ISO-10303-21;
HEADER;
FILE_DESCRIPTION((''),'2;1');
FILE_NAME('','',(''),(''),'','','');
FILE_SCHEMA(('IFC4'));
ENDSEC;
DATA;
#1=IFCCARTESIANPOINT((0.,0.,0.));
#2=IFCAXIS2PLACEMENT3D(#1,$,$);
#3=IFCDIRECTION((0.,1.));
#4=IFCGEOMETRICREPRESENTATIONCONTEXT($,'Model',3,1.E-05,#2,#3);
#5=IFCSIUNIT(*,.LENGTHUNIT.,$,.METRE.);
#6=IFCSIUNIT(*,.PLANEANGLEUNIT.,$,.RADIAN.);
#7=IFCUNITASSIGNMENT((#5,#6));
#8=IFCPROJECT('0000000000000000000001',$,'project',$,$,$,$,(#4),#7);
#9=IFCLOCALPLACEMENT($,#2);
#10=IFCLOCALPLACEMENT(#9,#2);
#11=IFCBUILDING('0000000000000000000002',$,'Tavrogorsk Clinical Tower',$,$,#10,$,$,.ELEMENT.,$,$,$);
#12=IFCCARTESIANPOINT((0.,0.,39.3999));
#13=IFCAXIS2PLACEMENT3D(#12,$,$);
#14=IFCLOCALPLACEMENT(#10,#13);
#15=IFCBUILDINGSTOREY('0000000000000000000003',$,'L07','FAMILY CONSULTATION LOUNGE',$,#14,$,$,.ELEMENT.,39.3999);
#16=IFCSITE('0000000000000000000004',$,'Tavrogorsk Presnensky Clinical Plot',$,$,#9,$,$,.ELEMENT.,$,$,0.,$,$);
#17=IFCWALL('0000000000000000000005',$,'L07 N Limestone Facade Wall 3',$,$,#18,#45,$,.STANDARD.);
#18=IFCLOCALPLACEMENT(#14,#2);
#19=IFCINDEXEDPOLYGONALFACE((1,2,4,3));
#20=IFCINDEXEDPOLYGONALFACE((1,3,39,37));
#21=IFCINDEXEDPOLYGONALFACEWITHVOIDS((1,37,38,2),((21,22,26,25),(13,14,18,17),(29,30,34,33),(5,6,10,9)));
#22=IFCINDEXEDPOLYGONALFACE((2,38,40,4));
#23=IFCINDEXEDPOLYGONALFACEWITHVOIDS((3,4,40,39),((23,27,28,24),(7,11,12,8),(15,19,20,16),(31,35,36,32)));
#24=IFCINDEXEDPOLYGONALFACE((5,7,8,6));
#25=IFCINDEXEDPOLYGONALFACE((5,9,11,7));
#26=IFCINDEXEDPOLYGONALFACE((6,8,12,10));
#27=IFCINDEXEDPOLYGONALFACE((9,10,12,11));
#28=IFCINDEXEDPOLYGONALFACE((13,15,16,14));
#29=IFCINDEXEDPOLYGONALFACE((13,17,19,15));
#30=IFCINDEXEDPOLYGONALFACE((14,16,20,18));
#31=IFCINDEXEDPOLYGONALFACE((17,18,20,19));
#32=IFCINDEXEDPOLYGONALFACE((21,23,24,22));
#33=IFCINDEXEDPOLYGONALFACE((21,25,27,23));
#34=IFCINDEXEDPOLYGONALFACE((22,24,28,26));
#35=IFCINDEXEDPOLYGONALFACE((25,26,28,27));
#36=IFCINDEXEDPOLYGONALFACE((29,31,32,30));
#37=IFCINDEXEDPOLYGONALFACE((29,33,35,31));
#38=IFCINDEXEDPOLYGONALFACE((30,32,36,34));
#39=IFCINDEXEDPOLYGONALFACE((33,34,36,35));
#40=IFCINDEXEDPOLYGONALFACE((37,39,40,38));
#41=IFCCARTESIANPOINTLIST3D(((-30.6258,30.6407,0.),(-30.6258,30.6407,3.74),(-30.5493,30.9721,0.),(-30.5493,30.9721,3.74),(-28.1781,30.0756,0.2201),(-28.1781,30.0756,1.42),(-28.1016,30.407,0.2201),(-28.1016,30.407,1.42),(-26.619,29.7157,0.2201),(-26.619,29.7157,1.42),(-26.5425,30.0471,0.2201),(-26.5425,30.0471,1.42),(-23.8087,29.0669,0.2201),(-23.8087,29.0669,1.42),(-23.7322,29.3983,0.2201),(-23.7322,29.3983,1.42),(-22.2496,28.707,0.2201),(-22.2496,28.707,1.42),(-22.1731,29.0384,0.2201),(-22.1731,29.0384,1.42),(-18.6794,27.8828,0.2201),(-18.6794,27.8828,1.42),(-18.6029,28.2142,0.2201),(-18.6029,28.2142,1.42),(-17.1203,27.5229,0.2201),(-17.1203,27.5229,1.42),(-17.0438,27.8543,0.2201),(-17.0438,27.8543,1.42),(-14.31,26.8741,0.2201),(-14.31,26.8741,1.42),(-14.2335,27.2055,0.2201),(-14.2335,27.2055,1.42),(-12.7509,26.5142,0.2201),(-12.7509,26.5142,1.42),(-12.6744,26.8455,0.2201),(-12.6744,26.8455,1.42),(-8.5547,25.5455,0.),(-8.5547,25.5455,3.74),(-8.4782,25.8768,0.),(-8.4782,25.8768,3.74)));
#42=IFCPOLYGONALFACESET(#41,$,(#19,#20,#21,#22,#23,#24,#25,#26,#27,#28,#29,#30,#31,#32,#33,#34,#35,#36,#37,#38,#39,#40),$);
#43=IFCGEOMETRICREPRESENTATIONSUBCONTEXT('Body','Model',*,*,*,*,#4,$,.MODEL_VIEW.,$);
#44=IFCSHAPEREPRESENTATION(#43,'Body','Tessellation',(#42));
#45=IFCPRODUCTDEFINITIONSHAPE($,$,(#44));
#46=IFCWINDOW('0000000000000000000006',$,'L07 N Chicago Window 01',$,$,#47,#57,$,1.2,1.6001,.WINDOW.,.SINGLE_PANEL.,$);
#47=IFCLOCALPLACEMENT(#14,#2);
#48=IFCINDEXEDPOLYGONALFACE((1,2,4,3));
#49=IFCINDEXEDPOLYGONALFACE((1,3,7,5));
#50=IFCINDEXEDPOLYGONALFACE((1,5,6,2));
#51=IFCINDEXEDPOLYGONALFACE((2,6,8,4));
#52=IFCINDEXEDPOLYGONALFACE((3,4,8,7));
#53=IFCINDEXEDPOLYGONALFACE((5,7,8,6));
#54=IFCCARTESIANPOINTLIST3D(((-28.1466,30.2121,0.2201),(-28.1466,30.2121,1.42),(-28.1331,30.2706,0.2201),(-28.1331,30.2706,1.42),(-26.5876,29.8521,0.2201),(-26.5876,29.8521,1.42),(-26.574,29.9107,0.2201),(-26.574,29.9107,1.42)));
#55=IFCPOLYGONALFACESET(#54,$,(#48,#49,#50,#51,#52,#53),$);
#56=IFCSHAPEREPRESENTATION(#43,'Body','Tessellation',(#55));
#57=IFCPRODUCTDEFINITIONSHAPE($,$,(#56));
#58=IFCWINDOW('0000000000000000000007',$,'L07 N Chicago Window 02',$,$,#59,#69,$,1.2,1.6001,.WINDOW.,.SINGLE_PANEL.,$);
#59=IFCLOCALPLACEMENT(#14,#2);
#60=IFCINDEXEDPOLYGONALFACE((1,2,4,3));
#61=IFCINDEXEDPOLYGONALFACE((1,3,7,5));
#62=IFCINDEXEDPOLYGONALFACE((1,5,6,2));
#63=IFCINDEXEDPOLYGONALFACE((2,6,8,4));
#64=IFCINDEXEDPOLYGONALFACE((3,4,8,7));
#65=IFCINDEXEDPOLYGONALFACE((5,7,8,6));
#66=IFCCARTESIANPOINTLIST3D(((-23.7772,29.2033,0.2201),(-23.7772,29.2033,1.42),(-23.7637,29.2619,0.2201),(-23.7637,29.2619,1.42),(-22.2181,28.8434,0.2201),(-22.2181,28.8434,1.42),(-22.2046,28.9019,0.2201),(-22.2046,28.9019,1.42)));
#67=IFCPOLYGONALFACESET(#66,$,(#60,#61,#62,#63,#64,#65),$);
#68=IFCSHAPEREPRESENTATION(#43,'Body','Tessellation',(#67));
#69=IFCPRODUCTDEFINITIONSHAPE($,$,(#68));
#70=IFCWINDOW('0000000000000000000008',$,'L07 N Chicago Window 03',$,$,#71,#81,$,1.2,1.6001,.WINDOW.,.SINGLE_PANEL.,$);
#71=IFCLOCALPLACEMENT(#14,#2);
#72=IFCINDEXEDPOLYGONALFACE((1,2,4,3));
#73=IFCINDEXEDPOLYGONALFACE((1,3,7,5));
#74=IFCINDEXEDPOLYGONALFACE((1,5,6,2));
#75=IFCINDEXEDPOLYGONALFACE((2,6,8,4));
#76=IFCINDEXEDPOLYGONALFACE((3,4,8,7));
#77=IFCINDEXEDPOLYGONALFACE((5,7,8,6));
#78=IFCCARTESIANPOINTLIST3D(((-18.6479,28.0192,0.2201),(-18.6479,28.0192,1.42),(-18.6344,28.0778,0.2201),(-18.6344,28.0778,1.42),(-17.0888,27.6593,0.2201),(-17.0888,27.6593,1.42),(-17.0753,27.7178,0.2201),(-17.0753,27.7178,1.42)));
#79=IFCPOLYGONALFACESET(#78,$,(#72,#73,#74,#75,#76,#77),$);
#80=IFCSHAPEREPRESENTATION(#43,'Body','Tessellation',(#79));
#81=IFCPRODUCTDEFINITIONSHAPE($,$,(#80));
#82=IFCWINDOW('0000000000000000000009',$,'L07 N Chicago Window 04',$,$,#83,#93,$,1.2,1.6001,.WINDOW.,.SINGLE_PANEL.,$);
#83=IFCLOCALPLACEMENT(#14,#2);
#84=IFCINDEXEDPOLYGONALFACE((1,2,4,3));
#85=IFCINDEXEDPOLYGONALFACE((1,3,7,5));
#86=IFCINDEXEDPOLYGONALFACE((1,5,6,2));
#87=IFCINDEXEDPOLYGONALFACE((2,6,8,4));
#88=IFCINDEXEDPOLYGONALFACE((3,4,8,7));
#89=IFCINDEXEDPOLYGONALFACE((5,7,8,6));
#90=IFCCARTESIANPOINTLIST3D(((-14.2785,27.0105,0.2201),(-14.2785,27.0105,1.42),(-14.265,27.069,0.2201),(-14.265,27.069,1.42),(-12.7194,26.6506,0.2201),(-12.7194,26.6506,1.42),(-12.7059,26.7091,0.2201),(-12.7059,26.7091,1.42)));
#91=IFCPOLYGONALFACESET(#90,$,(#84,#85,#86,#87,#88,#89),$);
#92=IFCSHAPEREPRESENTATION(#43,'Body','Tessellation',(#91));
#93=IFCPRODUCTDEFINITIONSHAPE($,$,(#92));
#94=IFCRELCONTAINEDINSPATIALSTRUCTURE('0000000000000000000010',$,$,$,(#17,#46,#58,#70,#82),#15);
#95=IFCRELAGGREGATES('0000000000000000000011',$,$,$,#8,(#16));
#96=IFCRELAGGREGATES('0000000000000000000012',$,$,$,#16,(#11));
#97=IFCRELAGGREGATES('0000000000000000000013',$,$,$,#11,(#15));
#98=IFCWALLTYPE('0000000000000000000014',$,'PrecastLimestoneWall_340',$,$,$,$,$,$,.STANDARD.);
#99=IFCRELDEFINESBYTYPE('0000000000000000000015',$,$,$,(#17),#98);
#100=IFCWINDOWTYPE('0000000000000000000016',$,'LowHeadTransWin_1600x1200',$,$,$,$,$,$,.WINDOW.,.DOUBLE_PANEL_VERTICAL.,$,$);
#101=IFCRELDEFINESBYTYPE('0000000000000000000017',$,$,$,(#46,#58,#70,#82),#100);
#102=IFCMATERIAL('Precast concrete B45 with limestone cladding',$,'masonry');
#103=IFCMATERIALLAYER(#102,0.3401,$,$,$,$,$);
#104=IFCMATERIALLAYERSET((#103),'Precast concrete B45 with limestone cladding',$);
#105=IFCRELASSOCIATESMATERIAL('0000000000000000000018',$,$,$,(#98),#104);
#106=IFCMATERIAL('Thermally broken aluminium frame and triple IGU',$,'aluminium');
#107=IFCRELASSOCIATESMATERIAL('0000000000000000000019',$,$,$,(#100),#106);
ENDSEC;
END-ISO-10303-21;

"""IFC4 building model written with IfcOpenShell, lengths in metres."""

from ifc_helpers import new_model, si_unit, direction, frame, frame_2d, origin, place, context, subcontext, project, spatial, rectangle, extrude, material, layer, layer_set, type_object, element, fill, save


model = new_model("IFC4")

# Units and contexts
model_context = context("Model", 3, precision=1e-05, world=origin(), true_north=direction((0.0, 1.0)))
body_context = subcontext(model_context, "Body", "Model", "MODEL_VIEW")
ifc_project = project(units=[si_unit("LENGTHUNIT", "METRE"), si_unit("PLANEANGLEUNIT", "RADIAN")], contexts=[model_context])

# Site, building, storey
site_placement = place(None, origin())
site = spatial("IfcSite", under=ifc_project, at=site_placement, Name="Tavrogorsk Presnensky Clinical Plot", CompositionType="ELEMENT", RefElevation=0.0)
building_placement = place(site_placement, origin())
building = spatial("IfcBuilding", under=site, at=building_placement, Name="Tavrogorsk Clinical Tower", CompositionType="ELEMENT")
storey_placement = place(building_placement, frame((0.0, 0.0, 39.3999)))
storey = spatial("IfcBuildingStorey", under=building, at=storey_placement, Name="L07", Description="FAMILY CONSULTATION LOUNGE", CompositionType="ELEMENT", Elevation=39.3999)

# Wall, openings, windows
ifc_material_1 = material(Name="Precast concrete B45 with limestone cladding", Category="masonry")
ifc_layer_1 = layer(ifc_material_1, 0.3401)
ifc_layer_set_1 = layer_set([ifc_layer_1], Name="Precast concrete B45 with limestone cladding")
wall_type_1 = type_object("IfcWallType", Name="PrecastLimestoneWall_340", PredefinedType="STANDARD", material=ifc_layer_set_1)
wall_1_placement = place(storey_placement, frame((-8.5166, 25.7112, 0.0), z_axis=(0.0, 0.0, 1.0), x_axis=(-0.974373, 0.224939, 0.0)))
wall_1 = element("IfcWall", 1, at=wall_1_placement, inside=storey, type_object=wall_type_1, Name="L07 N Limestone Facade Wall 3", PredefinedType="STANDARD", context=body_context, shape_type="SweptSolid", body=[
    extrude(rectangle(XDim=22.6516, YDim=0.3401, at=frame_2d((11.3257, 0.0))), origin(), (0.0, 0.0, 1.0), 3.74),
])
opening_1_placement = place(wall_1_placement, frame((18.5393, 0.0, 0.22)))
opening_1 = element("IfcOpeningElement", 2, at=opening_1_placement, cuts=wall_1, PredefinedType="OPENING", context=body_context, shape_type="SweptSolid", body=[
    extrude(rectangle(XDim=1.6001, YDim=1.2, at=frame_2d((0.8, 0.6001))), frame((0.0, 0.1799, 0.0), z_axis=(0.0, -1.0, 0.0), x_axis=(1.0, 0.0, 0.0)), (0.0, 0.0, 1.0), 0.3601),
])
opening_2_placement = place(wall_1_placement, frame((14.0549, 0.0, 0.22)))
opening_2 = element("IfcOpeningElement", 3, at=opening_2_placement, cuts=wall_1, PredefinedType="OPENING", context=body_context, shape_type="SweptSolid", body=[
    extrude(rectangle(XDim=1.6001, YDim=1.2, at=frame_2d((0.8, 0.6001))), frame((0.0, 0.1799, 0.0), z_axis=(0.0, -1.0, 0.0), x_axis=(1.0, 0.0, 0.0)), (0.0, 0.0, 1.0), 0.3601),
])
opening_3_placement = place(wall_1_placement, frame((8.7908, 0.0, 0.22)))
opening_3 = element("IfcOpeningElement", 4, at=opening_3_placement, cuts=wall_1, PredefinedType="OPENING", context=body_context, shape_type="SweptSolid", body=[
    extrude(rectangle(XDim=1.6001, YDim=1.2, at=frame_2d((0.8, 0.6001))), frame((0.0, 0.1799, 0.0), z_axis=(0.0, -1.0, 0.0), x_axis=(1.0, 0.0, 0.0)), (0.0, 0.0, 1.0), 0.3601),
])
opening_4_placement = place(wall_1_placement, frame((4.3064, 0.0, 0.22)))
opening_4 = element("IfcOpeningElement", 5, at=opening_4_placement, cuts=wall_1, PredefinedType="OPENING", context=body_context, shape_type="SweptSolid", body=[
    extrude(rectangle(XDim=1.6001, YDim=1.2, at=frame_2d((0.8, 0.6001))), frame((0.0, 0.1799, 0.0), z_axis=(0.0, -1.0, 0.0), x_axis=(1.0, 0.0, 0.0)), (0.0, 0.0, 1.0), 0.3601),
])
ifc_material_2 = material(Name="Thermally broken aluminium frame and triple IGU", Category="aluminium")
window_type = type_object("IfcWindowType", Name="LowHeadTransWin_1600x1200", PartitioningType="DOUBLE_PANEL_VERTICAL", PredefinedType="WINDOW", material=ifc_material_2)
window_1_placement = place(opening_1_placement, origin())
window_1 = element("IfcWindow", 6, at=window_1_placement, inside=storey, type_object=window_type, Name="L07 N Chicago Window 01", OverallHeight=1.2, OverallWidth=1.6001, PartitioningType="SINGLE_PANEL", PredefinedType="WINDOW", context=body_context, shape_type="SweptSolid", body=[
    extrude(rectangle(XDim=1.6001, YDim=1.2, at=frame_2d((0.8, 0.6001))), frame((0.0, 0.03, 0.0), z_axis=(0.0, -1.0, 0.0), x_axis=(1.0, 0.0, 0.0)), (0.0, 0.0, 1.0), 0.0601),
])
fill(opening_1, window_1)
window_2_placement = place(opening_2_placement, origin())
window_2 = element("IfcWindow", 7, at=window_2_placement, inside=storey, type_object=window_type, Name="L07 N Chicago Window 02", OverallHeight=1.2, OverallWidth=1.6001, PartitioningType="SINGLE_PANEL", PredefinedType="WINDOW", context=body_context, shape_type="SweptSolid", body=[
    extrude(rectangle(XDim=1.6001, YDim=1.2, at=frame_2d((0.8, 0.6001))), frame((0.0, 0.03, 0.0), z_axis=(0.0, -1.0, 0.0), x_axis=(1.0, 0.0, 0.0)), (0.0, 0.0, 1.0), 0.0601),
])
fill(opening_2, window_2)
window_3_placement = place(opening_3_placement, origin())
window_3 = element("IfcWindow", 8, at=window_3_placement, inside=storey, type_object=window_type, Name="L07 N Chicago Window 03", OverallHeight=1.2, OverallWidth=1.6001, PartitioningType="SINGLE_PANEL", PredefinedType="WINDOW", context=body_context, shape_type="SweptSolid", body=[
    extrude(rectangle(XDim=1.6001, YDim=1.2, at=frame_2d((0.8, 0.6001))), frame((0.0, 0.03, 0.0), z_axis=(0.0, -1.0, 0.0), x_axis=(1.0, 0.0, 0.0)), (0.0, 0.0, 1.0), 0.0601),
])
fill(opening_3, window_3)
window_4_placement = place(opening_4_placement, origin())
window_4 = element("IfcWindow", 9, at=window_4_placement, inside=storey, type_object=window_type, Name="L07 N Chicago Window 04", OverallHeight=1.2, OverallWidth=1.6001, PartitioningType="SINGLE_PANEL", PredefinedType="WINDOW", context=body_context, shape_type="SweptSolid", body=[
    extrude(rectangle(XDim=1.6001, YDim=1.2, at=frame_2d((0.8, 0.6001))), frame((0.0, 0.03, 0.0), z_axis=(0.0, -1.0, 0.0), x_axis=(1.0, 0.0, 0.0)), (0.0, 0.0, 1.0), 0.0601),
])
fill(opening_4, window_4)

save(model, "model.ifc")
